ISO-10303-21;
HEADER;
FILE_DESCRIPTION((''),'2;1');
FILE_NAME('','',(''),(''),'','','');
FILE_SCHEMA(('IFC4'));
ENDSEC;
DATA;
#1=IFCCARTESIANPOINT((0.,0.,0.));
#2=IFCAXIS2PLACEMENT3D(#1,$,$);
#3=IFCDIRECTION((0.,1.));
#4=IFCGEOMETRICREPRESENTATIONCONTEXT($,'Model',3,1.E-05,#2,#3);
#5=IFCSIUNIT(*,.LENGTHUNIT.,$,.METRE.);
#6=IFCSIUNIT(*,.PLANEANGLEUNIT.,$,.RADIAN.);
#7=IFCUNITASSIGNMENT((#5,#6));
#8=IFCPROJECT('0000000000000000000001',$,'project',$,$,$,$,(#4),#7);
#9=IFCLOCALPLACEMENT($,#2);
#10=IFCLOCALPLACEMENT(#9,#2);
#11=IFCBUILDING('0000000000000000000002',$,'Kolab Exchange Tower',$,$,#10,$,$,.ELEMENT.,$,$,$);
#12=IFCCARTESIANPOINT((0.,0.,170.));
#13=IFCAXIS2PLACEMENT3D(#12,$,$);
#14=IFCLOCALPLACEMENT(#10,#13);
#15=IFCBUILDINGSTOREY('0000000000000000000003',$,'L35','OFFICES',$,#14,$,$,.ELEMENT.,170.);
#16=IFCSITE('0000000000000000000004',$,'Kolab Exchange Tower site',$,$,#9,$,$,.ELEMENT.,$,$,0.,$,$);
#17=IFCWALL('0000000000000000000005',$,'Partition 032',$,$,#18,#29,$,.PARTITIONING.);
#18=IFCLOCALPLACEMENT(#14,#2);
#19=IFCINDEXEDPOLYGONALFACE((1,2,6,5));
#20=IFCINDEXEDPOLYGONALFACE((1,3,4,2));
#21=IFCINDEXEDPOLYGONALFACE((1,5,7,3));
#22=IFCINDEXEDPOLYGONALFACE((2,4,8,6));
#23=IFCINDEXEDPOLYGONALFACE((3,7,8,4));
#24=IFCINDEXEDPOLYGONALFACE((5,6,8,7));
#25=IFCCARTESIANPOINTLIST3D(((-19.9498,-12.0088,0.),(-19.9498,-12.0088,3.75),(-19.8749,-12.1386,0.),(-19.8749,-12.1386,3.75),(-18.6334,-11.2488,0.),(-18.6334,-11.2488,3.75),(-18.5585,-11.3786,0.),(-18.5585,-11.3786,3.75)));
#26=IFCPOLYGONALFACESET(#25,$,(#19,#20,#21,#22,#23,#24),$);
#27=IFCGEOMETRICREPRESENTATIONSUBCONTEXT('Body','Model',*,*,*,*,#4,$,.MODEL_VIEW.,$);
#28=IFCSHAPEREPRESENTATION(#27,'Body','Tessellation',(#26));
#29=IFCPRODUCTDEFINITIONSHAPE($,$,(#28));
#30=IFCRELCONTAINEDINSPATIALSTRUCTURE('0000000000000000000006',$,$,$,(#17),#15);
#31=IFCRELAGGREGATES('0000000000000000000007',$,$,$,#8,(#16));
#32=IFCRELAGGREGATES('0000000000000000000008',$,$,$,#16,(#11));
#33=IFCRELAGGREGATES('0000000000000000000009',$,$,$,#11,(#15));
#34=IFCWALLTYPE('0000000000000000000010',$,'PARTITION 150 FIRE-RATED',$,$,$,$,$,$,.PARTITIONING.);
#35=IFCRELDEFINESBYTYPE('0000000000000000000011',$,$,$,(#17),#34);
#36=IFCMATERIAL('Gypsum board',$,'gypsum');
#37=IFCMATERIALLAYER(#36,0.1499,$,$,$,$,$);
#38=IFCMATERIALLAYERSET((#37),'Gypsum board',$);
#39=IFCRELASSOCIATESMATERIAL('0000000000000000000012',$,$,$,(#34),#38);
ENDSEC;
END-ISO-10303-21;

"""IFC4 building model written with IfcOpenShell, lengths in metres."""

from ifc_helpers import new_model, si_unit, direction, frame, frame_2d, origin, place, context, subcontext, project, spatial, rectangle, extrude, material, layer, layer_set, type_object, element, save


model = new_model("IFC4")

# Units and contexts
model_context = context("Model", 3, precision=1e-05, world=origin(), true_north=direction((0.0, 1.0)))
body_context = subcontext(model_context, "Body", "Model", "MODEL_VIEW")
ifc_project = project(units=[si_unit("LENGTHUNIT", "METRE"), si_unit("PLANEANGLEUNIT", "RADIAN")], contexts=[model_context])

# Site, building, storey
site_placement = place(None, origin())
site = spatial("IfcSite", under=ifc_project, at=site_placement, Name="Kolab Exchange Tower site", CompositionType="ELEMENT", RefElevation=0.0)
building_placement = place(site_placement, origin())
building = spatial("IfcBuilding", under=site, at=building_placement, Name="Kolab Exchange Tower", CompositionType="ELEMENT")
storey_placement = place(building_placement, frame((0.0, 0.0, 170.0)))
storey = spatial("IfcBuildingStorey", under=building, at=storey_placement, Name="L35", Description="OFFICES", CompositionType="ELEMENT", Elevation=170.0)

# Shared definitions
ifc_material_1 = material(Name="Gypsum board", Category="gypsum")

# Shared definitions
ifc_layer_1 = layer(ifc_material_1, 0.1499)
ifc_layer_set_1 = layer_set([ifc_layer_1], Name="Gypsum board")
wall_type_1 = type_object("IfcWallType", Name="PARTITION 150 FIRE-RATED", PredefinedType="PARTITIONING", material=ifc_layer_set_1)

# Wall
wall_1_placement = place(storey_placement, frame((-19.9124, -12.0737, 0.0), z_axis=(0.0, 0.0, 1.0), x_axis=(0.86603, 0.499991, 0.0)))
element("IfcWall", 1, at=wall_1_placement, inside=storey, type_object=wall_type_1, Name="Partition 032", PredefinedType="PARTITIONING", context=body_context, shape_type="SweptSolid", body=[
    extrude(rectangle(XDim=1.52, YDim=0.1499, at=frame_2d((0.76, 0.0))), origin(), (0.0, 0.0, 1.0), 3.75),
])

save(model, "model.ifc")
